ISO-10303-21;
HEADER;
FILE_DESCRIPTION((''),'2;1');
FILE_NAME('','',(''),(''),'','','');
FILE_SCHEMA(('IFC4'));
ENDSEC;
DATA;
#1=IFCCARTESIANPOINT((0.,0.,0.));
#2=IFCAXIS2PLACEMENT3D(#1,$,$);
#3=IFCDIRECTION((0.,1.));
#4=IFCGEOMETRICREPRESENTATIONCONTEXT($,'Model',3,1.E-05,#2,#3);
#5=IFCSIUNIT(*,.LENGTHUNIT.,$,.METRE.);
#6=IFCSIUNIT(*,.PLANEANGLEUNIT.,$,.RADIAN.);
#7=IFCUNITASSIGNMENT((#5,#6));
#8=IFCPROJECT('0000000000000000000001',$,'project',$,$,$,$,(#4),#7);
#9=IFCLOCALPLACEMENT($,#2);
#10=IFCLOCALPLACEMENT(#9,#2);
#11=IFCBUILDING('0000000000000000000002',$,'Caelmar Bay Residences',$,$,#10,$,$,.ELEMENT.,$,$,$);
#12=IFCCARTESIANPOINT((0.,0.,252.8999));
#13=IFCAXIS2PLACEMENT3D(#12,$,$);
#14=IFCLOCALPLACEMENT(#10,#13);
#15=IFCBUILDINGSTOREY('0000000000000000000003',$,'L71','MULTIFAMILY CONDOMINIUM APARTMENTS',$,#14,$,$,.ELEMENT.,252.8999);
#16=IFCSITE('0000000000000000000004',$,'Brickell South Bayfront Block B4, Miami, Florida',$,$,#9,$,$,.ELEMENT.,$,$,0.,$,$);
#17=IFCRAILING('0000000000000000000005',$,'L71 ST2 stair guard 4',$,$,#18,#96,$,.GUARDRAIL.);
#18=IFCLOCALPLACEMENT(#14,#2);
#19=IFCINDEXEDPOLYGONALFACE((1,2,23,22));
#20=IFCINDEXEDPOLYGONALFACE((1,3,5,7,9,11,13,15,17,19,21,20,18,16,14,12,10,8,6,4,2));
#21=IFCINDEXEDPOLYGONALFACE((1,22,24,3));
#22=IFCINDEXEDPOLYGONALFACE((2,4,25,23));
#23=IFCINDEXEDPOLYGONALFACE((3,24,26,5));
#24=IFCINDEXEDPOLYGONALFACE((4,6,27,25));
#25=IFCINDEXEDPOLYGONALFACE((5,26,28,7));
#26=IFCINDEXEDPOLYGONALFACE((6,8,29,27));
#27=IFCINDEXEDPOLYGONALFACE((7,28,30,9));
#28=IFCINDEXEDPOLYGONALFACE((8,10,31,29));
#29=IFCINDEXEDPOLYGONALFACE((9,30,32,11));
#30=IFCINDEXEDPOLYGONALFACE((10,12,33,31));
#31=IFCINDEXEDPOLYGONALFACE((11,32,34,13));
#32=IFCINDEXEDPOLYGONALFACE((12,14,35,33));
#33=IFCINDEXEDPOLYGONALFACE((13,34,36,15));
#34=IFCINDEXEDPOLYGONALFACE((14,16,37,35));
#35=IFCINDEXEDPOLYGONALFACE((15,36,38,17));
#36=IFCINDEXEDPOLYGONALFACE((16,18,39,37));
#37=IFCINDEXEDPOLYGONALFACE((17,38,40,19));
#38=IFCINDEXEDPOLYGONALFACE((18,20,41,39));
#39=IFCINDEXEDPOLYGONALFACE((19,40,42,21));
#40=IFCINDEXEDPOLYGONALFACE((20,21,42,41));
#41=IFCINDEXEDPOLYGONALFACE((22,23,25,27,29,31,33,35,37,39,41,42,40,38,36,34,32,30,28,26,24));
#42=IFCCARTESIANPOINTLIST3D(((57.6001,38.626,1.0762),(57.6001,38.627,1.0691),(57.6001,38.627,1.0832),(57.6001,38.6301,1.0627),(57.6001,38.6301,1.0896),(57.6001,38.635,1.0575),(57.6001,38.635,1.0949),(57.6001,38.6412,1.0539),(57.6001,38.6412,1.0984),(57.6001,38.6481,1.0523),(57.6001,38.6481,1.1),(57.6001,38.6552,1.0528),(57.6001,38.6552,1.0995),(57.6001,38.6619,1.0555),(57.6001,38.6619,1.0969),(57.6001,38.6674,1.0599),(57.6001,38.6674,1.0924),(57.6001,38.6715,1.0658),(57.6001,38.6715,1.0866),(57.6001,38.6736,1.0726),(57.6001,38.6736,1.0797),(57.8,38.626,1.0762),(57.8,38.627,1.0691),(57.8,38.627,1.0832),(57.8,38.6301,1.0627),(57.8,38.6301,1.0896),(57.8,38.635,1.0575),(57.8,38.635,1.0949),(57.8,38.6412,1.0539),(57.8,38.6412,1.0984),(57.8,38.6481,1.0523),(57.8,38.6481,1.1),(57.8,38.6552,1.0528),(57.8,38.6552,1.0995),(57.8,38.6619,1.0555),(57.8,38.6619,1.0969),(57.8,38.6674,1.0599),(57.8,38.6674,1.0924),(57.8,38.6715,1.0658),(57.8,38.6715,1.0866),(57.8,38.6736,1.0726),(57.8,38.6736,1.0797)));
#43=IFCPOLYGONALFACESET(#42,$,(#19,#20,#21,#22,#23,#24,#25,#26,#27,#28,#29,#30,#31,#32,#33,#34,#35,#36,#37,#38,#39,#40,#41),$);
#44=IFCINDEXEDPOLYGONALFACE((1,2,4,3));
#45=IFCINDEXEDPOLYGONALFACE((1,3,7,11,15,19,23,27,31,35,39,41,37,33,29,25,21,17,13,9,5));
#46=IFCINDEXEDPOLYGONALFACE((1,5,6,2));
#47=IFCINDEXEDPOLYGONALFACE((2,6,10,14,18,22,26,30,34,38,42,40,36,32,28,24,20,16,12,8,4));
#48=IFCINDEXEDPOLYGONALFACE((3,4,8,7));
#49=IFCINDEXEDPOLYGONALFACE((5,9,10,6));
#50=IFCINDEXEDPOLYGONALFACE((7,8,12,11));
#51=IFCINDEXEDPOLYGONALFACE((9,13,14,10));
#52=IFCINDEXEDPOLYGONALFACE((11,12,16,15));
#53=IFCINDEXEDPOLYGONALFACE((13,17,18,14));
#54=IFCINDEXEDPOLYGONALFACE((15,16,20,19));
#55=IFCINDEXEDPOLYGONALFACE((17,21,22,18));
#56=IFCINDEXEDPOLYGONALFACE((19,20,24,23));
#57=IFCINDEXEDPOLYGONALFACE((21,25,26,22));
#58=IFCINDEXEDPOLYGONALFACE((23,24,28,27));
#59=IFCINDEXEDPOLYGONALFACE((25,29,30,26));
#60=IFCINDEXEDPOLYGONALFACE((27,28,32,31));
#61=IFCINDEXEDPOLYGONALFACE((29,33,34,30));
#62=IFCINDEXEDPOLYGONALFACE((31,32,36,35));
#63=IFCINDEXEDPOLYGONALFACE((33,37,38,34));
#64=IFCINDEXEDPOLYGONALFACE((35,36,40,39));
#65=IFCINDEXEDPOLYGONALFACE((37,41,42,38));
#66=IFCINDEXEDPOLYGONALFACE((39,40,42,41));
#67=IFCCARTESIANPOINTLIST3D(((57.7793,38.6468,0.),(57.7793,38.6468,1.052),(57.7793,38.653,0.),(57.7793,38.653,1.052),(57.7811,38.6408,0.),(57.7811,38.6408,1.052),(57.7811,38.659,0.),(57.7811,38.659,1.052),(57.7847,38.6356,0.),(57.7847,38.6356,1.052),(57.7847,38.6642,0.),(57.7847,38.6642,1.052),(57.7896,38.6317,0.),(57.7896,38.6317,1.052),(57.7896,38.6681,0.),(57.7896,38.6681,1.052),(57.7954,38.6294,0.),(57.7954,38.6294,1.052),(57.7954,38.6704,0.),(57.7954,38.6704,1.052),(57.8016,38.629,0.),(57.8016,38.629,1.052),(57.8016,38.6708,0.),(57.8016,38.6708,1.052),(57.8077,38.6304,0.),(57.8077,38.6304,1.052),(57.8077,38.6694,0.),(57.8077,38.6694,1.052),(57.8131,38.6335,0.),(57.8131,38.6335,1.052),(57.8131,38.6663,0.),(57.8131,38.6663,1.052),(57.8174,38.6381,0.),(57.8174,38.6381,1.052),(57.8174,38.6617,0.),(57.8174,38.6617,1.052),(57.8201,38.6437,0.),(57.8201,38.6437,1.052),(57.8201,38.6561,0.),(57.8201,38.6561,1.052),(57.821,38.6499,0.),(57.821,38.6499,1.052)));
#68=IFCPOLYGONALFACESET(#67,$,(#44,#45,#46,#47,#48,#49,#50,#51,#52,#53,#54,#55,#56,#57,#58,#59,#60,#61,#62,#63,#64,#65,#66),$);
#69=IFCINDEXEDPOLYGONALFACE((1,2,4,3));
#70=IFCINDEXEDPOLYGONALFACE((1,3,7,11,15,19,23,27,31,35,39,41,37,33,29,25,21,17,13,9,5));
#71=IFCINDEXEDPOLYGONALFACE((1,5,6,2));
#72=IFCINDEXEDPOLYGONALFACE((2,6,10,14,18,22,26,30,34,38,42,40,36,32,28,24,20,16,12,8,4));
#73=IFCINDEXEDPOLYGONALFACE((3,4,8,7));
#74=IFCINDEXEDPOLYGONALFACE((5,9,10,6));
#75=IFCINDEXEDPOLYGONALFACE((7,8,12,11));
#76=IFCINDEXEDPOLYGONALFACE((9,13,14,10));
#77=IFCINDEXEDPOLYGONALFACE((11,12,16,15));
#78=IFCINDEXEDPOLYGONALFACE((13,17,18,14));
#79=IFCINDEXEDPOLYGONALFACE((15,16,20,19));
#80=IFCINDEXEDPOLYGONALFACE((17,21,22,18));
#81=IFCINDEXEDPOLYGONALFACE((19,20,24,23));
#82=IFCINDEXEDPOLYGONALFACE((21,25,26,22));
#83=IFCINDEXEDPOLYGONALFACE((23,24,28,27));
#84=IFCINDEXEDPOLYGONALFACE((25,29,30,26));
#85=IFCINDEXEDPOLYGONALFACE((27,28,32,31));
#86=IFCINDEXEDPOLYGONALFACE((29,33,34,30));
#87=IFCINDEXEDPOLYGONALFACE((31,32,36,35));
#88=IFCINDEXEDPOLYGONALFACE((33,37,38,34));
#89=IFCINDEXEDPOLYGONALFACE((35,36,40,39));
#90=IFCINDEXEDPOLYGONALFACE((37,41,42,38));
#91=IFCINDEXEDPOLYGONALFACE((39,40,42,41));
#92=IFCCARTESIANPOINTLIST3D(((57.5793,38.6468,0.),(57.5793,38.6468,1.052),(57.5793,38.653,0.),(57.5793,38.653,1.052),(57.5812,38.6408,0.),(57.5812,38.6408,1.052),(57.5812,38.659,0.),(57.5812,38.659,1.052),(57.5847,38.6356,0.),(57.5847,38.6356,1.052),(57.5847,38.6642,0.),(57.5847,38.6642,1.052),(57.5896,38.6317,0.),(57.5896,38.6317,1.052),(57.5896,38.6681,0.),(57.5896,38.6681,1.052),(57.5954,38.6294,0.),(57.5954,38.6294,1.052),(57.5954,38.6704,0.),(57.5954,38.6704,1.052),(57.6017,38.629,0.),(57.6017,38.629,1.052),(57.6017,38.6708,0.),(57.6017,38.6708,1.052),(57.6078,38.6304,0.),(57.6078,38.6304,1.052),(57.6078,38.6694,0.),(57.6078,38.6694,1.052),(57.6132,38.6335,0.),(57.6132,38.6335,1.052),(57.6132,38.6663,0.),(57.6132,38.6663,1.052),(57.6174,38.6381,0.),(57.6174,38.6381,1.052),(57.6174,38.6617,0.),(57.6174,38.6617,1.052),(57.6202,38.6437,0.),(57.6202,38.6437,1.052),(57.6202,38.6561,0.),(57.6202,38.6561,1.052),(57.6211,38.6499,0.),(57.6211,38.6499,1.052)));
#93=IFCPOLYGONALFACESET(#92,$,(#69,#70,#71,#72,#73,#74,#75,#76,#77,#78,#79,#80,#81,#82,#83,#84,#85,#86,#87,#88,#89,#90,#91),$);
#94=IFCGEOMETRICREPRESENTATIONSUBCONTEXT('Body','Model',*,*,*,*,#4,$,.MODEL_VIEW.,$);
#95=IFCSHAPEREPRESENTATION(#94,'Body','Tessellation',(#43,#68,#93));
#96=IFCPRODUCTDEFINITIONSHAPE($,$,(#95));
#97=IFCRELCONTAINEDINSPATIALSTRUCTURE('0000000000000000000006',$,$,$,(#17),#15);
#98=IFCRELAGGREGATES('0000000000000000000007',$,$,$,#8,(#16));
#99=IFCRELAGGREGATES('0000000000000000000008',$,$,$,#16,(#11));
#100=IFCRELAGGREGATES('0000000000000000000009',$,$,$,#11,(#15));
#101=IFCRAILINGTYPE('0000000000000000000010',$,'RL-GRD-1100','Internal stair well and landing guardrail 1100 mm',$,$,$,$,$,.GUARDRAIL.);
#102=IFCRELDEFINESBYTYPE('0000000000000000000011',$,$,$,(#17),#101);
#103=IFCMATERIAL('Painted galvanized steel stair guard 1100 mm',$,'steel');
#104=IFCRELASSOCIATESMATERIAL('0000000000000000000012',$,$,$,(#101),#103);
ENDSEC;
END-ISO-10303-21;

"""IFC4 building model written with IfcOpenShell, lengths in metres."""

from ifc_helpers import new_model, si_unit, direction, frame, origin, origin_2d, place, context, subcontext, project, spatial, circle, extrude, material, type_object, element, save


model = new_model("IFC4")

# Units and contexts
model_context = context("Model", 3, precision=1e-05, world=origin(), true_north=direction((0.0, 1.0)))
body_context = subcontext(model_context, "Body", "Model", "MODEL_VIEW")
ifc_project = project(units=[si_unit("LENGTHUNIT", "METRE"), si_unit("PLANEANGLEUNIT", "RADIAN")], contexts=[model_context])

# Site, building, storey
site_placement = place(None, origin())
site = spatial("IfcSite", under=ifc_project, at=site_placement, Name="Brickell South Bayfront Block B4, Miami, Florida", CompositionType="ELEMENT", RefElevation=0.0)
building_placement = place(site_placement, origin())
building = spatial("IfcBuilding", under=site, at=building_placement, Name="Caelmar Bay Residences", CompositionType="ELEMENT")
storey_placement = place(building_placement, frame((0.0, 0.0, 252.8999)))
storey = spatial("IfcBuildingStorey", under=building, at=storey_placement, Name="L71", Description="MULTIFAMILY CONDOMINIUM APARTMENTS", CompositionType="ELEMENT", Elevation=252.8999)

# Railing
ifc_material_1 = material(Name="Painted galvanized steel stair guard 1100 mm", Category="steel")
railing_type_1 = type_object("IfcRailingType", Name="RL-GRD-1100", Description="Internal stair well and landing guardrail 1100 mm", PredefinedType="GUARDRAIL", material=ifc_material_1)
railing_1_placement = place(storey_placement, frame((57.8, 38.6499, 0.0)))
element("IfcRailing", 1, at=railing_1_placement, inside=storey, type_object=railing_type_1, Name="L71 ST2 stair guard 4", PredefinedType="GUARDRAIL", context=body_context, shape_type="SweptSolid", body=[
    extrude(circle(Radius=0.0239, at=origin_2d()), frame((0.0, 0.0, 1.0762), z_axis=(-1.0, 0.0, 0.0), x_axis=(0.0, -1.0, 0.0)), (0.0, 0.0, 1.0), 0.2),
    extrude(circle(Radius=0.021, at=origin_2d()), origin(), (0.0, 0.0, 1.0), 1.052),
    extrude(circle(Radius=0.021, at=origin_2d()), frame((-0.2, 0.0, 0.0)), (0.0, 0.0, 1.0), 1.052),
])

save(model, "model.ifc")
